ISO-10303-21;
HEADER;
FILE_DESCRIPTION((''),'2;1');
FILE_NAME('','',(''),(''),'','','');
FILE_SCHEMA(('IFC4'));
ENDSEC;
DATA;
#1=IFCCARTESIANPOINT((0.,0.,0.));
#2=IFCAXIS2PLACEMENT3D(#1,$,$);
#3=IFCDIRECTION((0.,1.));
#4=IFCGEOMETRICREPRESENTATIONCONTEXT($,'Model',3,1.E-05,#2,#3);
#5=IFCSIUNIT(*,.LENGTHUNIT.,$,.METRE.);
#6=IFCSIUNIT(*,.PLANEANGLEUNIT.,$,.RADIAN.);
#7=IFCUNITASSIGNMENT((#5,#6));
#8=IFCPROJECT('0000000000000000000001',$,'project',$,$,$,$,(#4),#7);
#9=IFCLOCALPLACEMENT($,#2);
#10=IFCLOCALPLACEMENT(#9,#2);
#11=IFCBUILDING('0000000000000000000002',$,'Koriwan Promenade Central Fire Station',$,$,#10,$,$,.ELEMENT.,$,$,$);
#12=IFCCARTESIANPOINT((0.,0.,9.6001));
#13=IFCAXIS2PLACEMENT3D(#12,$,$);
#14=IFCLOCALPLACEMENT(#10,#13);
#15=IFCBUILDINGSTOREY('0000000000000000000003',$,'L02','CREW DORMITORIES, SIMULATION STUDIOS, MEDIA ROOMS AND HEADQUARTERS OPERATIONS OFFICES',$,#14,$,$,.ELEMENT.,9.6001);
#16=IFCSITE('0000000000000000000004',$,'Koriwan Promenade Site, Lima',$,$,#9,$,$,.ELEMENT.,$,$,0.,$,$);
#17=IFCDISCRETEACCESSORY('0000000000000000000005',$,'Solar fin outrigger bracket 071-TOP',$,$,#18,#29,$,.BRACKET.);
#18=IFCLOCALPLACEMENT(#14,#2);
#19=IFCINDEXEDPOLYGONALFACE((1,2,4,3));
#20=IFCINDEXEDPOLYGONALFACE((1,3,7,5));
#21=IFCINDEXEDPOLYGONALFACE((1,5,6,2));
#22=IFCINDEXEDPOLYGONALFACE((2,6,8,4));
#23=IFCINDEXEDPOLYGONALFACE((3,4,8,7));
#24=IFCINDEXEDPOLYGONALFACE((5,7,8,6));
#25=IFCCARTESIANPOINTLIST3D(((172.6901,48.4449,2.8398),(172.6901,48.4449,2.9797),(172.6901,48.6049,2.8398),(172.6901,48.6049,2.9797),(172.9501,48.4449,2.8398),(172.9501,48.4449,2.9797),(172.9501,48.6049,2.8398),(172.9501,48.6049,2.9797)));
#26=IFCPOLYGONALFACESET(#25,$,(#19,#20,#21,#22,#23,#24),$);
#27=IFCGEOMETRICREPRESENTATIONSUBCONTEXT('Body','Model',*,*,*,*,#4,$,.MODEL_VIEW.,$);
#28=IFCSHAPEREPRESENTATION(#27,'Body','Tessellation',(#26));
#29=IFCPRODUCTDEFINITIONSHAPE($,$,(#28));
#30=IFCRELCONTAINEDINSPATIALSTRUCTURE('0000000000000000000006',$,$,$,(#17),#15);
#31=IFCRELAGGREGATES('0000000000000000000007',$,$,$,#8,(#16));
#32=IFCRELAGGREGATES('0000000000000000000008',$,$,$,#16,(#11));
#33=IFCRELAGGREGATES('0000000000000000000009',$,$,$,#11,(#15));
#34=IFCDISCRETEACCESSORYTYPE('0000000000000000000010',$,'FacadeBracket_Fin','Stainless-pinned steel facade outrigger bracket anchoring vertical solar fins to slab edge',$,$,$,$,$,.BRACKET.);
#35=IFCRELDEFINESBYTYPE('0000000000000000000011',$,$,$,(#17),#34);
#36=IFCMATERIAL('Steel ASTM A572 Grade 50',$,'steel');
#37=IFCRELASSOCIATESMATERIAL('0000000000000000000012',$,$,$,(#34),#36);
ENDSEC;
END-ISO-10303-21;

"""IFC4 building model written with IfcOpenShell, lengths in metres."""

from ifc_helpers import new_model, si_unit, direction, frame, origin, origin_2d, place, context, subcontext, project, spatial, rectangle, extrude, material, type_object, element, save


model = new_model("IFC4")

# Units and contexts
model_context = context("Model", 3, precision=1e-05, world=origin(), true_north=direction((0.0, 1.0)))
body_context = subcontext(model_context, "Body", "Model", "MODEL_VIEW")
ifc_project = project(units=[si_unit("LENGTHUNIT", "METRE"), si_unit("PLANEANGLEUNIT", "RADIAN")], contexts=[model_context])

# Site, building, storey
site_placement = place(None, origin())
site = spatial("IfcSite", under=ifc_project, at=site_placement, Name="Koriwan Promenade Site, Lima", CompositionType="ELEMENT", RefElevation=0.0)
building_placement = place(site_placement, origin())
building = spatial("IfcBuilding", under=site, at=building_placement, Name="Koriwan Promenade Central Fire Station", CompositionType="ELEMENT")
storey_placement = place(building_placement, frame((0.0, 0.0, 9.6001)))
storey = spatial("IfcBuildingStorey", under=building, at=storey_placement, Name="L02", Description="CREW DORMITORIES, SIMULATION STUDIOS, MEDIA ROOMS AND HEADQUARTERS OPERATIONS OFFICES", CompositionType="ELEMENT", Elevation=9.6001)

# Discrete accessory
ifc_material_1 = material(Name="Steel ASTM A572 Grade 50", Category="steel")
discrete_accessory_type = type_object("IfcDiscreteAccessoryType", Name="FacadeBracket_Fin", Description="Stainless-pinned steel facade outrigger bracket anchoring vertical solar fins to slab edge", PredefinedType="BRACKET", material=ifc_material_1)
for number, where, z_axis, x_axis, name in (
    (1, (172.8201, 48.5249, 2.8398), (0.0, 0.0, 1.0), (1.0, 0.0, 0.0), "Solar fin outrigger bracket 071-TOP"),
):
    element("IfcDiscreteAccessory", number, at=place(storey_placement, frame(where, z_axis=z_axis, x_axis=x_axis)), inside=storey, type_object=discrete_accessory_type, Name=name, PredefinedType="BRACKET", context=body_context, shape_type="SweptSolid", body=[
        extrude(rectangle(XDim=0.26, YDim=0.1599, at=origin_2d()), origin(), (0.0, 0.0, 1.0), 0.1399),
    ])

save(model, "model.ifc")
